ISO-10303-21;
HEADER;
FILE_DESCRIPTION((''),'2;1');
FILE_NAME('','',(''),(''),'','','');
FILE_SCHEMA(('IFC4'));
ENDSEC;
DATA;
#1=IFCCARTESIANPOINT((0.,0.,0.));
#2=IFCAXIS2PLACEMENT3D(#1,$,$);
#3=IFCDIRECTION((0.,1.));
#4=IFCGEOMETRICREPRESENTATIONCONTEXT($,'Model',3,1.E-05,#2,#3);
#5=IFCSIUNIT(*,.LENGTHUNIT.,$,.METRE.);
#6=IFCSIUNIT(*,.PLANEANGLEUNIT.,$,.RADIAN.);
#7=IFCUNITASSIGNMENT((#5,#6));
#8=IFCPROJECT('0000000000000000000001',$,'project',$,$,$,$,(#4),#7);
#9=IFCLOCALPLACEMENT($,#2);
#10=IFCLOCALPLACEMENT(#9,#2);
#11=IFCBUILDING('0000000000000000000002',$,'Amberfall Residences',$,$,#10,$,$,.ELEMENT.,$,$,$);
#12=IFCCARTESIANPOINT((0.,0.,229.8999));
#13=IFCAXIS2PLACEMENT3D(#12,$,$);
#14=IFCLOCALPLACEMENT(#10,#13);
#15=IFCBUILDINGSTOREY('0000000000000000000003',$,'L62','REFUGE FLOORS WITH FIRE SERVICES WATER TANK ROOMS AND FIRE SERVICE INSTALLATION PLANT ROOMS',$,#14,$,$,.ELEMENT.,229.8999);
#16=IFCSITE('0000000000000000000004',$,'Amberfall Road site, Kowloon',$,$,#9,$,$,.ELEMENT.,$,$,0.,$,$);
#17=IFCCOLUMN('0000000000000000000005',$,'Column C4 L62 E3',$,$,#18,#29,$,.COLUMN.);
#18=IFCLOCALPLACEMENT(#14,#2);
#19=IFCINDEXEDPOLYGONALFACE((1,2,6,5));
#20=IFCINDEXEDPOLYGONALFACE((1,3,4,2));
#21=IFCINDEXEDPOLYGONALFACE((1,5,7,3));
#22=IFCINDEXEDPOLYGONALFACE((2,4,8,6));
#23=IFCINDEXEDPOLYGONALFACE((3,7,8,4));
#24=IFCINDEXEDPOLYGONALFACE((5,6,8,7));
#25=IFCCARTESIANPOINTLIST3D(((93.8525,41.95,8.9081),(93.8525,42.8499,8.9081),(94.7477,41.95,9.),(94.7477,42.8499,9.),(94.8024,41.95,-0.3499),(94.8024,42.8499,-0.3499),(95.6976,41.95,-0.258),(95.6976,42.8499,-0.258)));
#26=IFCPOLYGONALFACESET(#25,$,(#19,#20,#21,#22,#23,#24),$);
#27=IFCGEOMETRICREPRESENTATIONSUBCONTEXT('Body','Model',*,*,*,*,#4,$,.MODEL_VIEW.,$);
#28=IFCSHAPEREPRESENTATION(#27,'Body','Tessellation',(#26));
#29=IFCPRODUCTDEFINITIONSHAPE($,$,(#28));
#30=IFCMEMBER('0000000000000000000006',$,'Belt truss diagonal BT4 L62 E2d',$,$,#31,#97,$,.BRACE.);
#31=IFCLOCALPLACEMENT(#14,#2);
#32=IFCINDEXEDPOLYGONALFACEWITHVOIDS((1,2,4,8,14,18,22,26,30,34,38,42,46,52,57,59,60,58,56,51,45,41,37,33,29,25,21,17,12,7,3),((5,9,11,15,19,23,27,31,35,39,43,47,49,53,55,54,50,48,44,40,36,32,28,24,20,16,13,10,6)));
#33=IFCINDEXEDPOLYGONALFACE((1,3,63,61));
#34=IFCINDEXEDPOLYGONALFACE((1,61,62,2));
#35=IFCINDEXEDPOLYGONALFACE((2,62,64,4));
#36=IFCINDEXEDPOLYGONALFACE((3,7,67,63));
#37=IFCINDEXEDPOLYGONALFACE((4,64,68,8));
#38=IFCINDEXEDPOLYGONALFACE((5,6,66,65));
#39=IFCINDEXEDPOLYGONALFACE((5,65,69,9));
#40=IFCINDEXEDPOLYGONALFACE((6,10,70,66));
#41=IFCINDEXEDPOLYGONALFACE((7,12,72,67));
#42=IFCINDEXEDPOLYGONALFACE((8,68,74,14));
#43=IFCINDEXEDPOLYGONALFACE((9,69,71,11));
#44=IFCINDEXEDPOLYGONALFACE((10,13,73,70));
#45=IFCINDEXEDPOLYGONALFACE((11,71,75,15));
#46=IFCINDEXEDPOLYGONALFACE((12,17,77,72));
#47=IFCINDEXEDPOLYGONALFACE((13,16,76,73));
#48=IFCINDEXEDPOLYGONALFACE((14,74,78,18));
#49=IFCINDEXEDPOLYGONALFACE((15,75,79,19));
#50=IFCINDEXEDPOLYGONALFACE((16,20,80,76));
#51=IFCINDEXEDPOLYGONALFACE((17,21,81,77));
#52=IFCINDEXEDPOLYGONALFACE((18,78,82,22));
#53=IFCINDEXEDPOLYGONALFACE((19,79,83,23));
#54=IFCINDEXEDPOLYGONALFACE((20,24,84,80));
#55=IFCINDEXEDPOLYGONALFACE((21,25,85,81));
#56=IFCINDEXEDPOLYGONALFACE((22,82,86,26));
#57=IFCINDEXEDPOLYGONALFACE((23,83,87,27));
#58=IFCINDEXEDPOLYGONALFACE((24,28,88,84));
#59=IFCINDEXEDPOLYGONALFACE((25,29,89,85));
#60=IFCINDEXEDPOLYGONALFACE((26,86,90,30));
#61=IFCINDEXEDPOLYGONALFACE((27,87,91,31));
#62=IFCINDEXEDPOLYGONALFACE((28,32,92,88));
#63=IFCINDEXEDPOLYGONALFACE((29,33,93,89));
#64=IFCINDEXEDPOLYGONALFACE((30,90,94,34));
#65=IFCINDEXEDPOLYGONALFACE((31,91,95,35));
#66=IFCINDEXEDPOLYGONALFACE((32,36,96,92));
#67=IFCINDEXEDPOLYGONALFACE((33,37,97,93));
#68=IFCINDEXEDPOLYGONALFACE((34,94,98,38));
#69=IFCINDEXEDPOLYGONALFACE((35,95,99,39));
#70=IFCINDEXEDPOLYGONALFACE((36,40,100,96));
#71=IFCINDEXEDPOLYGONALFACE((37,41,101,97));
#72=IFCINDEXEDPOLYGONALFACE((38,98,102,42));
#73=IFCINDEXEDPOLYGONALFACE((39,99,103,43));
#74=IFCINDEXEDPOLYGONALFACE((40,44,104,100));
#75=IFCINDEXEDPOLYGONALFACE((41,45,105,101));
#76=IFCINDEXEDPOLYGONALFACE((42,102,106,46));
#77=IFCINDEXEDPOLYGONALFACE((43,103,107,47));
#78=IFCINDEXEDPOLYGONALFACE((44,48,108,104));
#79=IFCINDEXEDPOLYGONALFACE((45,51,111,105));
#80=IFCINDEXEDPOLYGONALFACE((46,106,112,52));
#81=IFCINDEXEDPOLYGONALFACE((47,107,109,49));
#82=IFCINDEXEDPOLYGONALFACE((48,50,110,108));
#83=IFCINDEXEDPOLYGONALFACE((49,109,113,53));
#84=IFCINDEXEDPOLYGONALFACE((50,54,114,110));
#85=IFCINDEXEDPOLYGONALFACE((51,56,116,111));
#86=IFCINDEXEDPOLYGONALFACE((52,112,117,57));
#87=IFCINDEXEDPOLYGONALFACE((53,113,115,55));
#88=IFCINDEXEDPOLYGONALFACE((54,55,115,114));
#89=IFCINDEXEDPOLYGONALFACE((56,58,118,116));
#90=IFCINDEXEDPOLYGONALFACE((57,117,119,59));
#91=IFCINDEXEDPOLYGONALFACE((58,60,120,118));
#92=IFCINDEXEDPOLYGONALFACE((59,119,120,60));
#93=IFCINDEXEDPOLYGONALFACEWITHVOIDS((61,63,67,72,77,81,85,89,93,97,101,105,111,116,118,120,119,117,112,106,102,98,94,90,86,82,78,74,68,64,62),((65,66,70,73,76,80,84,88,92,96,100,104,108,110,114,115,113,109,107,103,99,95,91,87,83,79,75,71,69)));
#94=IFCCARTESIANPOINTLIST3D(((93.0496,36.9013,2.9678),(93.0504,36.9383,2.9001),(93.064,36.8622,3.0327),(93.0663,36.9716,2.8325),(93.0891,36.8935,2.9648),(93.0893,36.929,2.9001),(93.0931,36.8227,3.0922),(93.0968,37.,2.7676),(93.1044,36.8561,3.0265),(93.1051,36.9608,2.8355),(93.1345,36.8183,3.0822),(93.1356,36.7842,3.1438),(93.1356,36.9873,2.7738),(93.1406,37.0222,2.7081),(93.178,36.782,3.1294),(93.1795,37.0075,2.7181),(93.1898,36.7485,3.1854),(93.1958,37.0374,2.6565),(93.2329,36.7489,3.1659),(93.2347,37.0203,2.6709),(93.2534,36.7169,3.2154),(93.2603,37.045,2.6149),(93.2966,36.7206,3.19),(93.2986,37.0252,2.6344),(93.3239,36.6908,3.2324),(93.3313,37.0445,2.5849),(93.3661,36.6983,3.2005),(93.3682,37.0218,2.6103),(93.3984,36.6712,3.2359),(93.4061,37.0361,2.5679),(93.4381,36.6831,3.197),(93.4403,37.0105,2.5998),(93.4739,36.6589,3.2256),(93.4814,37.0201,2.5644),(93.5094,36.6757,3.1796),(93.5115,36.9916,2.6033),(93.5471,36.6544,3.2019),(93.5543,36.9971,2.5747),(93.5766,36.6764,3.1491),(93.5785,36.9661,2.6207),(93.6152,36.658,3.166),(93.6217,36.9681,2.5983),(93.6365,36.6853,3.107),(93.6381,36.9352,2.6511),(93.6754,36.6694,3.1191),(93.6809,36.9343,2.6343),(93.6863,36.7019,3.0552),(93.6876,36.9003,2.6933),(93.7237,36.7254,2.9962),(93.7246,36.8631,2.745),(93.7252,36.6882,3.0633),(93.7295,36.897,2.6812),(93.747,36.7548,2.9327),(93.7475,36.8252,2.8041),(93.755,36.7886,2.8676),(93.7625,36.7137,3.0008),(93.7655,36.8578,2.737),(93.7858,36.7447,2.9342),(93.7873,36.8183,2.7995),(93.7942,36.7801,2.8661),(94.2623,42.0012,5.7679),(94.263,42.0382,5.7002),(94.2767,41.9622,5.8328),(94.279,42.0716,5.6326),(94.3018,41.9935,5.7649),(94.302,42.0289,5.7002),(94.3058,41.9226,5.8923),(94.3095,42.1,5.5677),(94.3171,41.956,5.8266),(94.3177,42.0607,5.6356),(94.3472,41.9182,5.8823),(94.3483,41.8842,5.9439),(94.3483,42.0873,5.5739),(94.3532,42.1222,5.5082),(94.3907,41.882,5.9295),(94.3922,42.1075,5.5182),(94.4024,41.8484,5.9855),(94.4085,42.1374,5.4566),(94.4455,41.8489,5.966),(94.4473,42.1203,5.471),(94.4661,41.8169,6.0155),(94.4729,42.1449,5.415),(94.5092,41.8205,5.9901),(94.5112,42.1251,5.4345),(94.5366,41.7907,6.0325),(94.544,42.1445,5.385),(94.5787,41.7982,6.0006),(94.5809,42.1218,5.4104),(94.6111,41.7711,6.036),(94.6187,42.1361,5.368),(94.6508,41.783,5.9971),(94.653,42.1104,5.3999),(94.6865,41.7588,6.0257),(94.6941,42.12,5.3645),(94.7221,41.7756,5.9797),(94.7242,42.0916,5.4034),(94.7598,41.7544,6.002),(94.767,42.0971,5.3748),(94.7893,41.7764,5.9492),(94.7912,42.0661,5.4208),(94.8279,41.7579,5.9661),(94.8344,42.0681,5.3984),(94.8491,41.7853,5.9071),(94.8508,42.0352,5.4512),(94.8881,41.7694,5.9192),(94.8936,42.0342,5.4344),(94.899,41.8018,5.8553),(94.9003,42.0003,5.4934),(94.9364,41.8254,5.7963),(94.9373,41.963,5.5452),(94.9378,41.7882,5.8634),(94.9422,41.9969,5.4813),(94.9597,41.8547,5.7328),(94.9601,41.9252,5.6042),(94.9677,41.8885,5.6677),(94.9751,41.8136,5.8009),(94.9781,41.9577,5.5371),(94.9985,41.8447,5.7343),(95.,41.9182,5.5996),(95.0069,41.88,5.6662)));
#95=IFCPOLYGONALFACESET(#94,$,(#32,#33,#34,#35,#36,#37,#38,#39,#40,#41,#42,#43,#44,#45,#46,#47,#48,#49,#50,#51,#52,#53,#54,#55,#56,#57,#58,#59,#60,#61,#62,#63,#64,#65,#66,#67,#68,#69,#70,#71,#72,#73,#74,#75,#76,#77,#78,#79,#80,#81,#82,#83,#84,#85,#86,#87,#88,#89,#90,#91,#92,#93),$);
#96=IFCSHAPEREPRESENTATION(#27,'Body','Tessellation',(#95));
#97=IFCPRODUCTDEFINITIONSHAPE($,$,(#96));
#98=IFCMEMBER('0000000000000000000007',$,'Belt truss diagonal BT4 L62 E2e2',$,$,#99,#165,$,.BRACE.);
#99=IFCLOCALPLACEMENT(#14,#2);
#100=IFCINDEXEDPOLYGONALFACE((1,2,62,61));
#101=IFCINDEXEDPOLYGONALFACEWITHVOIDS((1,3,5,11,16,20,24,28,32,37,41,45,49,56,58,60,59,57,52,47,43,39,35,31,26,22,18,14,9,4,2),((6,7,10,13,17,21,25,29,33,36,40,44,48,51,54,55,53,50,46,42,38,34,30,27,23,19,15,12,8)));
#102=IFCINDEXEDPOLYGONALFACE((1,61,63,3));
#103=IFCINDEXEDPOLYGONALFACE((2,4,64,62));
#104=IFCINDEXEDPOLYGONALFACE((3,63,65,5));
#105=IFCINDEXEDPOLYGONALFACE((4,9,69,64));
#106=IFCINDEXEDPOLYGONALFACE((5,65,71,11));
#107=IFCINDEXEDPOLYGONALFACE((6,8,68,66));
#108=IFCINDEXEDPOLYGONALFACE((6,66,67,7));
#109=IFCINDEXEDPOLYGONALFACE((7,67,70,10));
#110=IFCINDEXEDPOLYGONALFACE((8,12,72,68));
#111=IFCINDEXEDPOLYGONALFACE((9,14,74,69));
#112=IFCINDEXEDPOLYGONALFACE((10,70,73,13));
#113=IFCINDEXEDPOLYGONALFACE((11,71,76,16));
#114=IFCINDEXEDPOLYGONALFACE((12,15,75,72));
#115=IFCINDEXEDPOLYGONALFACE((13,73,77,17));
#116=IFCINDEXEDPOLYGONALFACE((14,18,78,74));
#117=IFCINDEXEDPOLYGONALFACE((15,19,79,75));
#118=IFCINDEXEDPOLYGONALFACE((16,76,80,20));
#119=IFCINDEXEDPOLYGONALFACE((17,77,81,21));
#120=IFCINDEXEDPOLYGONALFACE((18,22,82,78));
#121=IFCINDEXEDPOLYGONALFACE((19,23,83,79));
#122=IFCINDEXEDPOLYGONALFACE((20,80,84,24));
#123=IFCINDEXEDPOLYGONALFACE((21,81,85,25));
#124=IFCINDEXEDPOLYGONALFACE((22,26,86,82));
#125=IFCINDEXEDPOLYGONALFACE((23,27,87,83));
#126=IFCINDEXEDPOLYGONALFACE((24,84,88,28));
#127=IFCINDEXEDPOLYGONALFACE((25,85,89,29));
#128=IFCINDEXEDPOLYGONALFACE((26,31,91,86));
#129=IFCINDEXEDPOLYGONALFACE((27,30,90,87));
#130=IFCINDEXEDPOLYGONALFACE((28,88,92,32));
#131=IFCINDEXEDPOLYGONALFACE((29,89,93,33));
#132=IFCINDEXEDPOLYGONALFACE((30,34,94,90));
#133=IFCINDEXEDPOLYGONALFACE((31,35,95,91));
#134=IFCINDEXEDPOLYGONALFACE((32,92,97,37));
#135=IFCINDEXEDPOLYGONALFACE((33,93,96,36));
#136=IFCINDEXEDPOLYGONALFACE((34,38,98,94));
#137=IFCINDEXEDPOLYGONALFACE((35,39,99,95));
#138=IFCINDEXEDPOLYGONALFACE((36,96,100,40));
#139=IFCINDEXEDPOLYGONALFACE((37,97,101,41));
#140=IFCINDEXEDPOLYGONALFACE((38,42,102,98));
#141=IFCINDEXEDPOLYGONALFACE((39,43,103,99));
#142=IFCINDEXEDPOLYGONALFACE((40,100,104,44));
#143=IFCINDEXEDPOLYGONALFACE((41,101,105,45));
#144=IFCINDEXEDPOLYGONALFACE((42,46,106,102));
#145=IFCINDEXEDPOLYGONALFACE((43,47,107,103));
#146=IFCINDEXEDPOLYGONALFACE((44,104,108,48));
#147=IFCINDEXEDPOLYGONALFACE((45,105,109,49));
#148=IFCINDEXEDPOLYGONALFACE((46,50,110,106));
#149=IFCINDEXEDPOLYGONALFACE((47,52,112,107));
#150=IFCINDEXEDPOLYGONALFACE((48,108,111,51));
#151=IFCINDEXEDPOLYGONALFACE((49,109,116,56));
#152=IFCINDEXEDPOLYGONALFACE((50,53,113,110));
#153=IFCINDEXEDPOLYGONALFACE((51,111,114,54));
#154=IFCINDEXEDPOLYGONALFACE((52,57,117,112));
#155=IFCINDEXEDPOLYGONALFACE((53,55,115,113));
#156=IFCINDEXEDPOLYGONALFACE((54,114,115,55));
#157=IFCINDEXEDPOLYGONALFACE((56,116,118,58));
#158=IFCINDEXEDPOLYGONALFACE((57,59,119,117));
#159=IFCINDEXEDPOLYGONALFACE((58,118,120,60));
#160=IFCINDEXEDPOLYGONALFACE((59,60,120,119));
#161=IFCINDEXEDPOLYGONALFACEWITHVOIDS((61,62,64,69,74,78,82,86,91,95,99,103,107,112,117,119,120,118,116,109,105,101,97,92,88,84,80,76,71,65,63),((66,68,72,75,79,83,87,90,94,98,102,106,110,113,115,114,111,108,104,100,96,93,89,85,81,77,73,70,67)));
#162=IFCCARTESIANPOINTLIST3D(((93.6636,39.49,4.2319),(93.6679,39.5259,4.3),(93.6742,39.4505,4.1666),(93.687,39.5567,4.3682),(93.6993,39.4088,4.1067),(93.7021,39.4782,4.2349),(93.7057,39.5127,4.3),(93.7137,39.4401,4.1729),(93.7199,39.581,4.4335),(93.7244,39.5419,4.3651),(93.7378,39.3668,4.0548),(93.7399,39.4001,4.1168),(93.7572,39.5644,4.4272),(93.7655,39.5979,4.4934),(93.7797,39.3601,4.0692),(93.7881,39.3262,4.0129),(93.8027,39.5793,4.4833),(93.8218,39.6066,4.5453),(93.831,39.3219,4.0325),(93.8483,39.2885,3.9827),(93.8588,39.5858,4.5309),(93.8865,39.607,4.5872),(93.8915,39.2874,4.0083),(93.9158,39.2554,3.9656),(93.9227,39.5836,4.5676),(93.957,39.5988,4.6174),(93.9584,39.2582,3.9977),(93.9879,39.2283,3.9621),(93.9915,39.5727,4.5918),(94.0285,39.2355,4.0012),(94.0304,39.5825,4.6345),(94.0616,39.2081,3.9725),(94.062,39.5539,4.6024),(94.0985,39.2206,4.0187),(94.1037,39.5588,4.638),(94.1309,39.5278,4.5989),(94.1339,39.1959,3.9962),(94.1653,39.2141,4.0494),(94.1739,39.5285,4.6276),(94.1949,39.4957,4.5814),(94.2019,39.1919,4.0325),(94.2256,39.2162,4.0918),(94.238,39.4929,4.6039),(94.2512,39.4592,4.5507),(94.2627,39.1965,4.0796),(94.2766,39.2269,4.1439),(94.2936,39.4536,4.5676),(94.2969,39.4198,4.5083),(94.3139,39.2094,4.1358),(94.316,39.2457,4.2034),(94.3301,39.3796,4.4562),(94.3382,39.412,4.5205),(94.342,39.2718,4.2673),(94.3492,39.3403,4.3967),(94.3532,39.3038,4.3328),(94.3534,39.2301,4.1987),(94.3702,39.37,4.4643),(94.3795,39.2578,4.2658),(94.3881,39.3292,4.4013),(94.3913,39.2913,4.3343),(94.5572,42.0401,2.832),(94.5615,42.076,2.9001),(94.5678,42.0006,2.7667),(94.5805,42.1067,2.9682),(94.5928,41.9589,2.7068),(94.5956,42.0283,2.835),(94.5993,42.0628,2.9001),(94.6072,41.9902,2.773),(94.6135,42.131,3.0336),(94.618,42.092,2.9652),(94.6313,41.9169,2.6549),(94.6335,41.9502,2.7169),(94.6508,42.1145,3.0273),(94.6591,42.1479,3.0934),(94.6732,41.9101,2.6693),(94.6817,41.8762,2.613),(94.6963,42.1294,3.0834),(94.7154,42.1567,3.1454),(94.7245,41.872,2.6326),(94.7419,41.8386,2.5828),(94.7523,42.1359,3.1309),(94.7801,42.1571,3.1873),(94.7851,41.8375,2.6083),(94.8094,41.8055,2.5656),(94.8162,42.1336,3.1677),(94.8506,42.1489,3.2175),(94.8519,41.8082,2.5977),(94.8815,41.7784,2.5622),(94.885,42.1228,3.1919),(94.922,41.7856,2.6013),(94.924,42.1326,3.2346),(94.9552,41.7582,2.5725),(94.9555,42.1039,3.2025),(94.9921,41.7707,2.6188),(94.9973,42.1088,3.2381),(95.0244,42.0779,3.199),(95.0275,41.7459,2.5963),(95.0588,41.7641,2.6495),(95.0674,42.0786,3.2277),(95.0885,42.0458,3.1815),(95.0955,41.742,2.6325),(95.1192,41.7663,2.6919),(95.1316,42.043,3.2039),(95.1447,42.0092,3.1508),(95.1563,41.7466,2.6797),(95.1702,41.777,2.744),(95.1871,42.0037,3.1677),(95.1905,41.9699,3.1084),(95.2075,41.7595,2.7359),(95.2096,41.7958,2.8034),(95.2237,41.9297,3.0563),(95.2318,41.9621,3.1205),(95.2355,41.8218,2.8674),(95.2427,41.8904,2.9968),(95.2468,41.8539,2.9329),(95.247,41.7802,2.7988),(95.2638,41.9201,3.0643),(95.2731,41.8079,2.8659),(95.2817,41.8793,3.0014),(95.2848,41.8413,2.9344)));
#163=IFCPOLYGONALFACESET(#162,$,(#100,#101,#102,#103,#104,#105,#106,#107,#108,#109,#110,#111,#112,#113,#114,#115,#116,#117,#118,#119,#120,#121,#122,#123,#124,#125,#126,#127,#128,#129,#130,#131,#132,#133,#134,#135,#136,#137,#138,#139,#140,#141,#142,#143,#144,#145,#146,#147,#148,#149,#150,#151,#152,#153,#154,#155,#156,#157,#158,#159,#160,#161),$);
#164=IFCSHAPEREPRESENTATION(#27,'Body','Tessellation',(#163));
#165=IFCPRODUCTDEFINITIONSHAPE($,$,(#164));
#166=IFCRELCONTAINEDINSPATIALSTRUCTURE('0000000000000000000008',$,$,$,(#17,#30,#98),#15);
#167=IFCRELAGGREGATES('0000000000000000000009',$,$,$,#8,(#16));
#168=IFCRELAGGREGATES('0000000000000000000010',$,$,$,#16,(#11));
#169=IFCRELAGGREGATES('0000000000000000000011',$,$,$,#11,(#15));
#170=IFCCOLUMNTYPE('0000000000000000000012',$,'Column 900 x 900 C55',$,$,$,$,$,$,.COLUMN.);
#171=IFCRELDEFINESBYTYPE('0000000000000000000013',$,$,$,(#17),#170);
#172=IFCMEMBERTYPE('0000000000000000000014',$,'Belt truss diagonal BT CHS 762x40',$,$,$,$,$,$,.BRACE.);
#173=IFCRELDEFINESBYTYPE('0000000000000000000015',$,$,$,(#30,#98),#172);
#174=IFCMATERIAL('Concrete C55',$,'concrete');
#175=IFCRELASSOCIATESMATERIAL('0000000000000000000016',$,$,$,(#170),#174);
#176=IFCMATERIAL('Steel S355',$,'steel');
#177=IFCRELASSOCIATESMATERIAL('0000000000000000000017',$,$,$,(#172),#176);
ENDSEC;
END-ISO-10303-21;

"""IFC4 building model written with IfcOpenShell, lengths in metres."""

from ifc_helpers import new_model, si_unit, direction, frame, origin, origin_2d, place, context, subcontext, project, spatial, rectangle, hollow_circle, extrude, material, material_profile, profile_set, type_object, element, save


model = new_model("IFC4")

# Units and contexts
model_context = context("Model", 3, precision=1e-05, world=origin(), true_north=direction((0.0, 1.0)))
body_context = subcontext(model_context, "Body", "Model", "MODEL_VIEW")
ifc_project = project(units=[si_unit("LENGTHUNIT", "METRE"), si_unit("PLANEANGLEUNIT", "RADIAN")], contexts=[model_context])

# Site, building, storey
site_placement = place(None, origin())
site = spatial("IfcSite", under=ifc_project, at=site_placement, Name="Amberfall Road site, Kowloon", CompositionType="ELEMENT", RefElevation=0.0)
building_placement = place(site_placement, origin())
building = spatial("IfcBuilding", under=site, at=building_placement, Name="Amberfall Residences", CompositionType="ELEMENT")
storey_placement = place(building_placement, frame((0.0, 0.0, 229.8999)))
storey = spatial("IfcBuildingStorey", under=building, at=storey_placement, Name="L62", Description="REFUGE FLOORS WITH FIRE SERVICES WATER TANK ROOMS AND FIRE SERVICE INSTALLATION PLANT ROOMS", CompositionType="ELEMENT", Elevation=229.8999)

# Column
ifc_material_1 = material(Name="Concrete C55", Category="concrete")
ifc_material_profile_1 = material_profile(ifc_material_1, rectangle(XDim=0.8999, YDim=0.8999, at=origin_2d()), Name="Column 900 x 900 C55")
ifc_profile_set_1 = profile_set([ifc_material_profile_1], Name="Concrete C55")
column_type = type_object("IfcColumnType", Name="Column 900 x 900 C55", PredefinedType="COLUMN", material=ifc_profile_set_1)
column_placement = place(storey_placement, frame((95.25, 42.3999, -0.304), z_axis=(-0.102072, 0.0, 0.994777), x_axis=(0.0, -1.0, 0.0)))
element("IfcColumn", 1, at=column_placement, inside=storey, type_object=column_type, Name="Column C4 L62 E3", PredefinedType="COLUMN", context=body_context, shape_type="SweptSolid", body=[
    extrude(rectangle(XDim=0.8999, YDim=0.8999, at=origin_2d()), origin(), (0.0, 0.0, 1.0), 9.3066),
])

# Members
ifc_material_2 = material(Name="Steel S355", Category="steel")
ifc_material_profile_2 = material_profile(ifc_material_2, hollow_circle(Radius=0.3811, WallThickness=0.04, at=origin_2d()), Name="CHS 762x40")
ifc_profile_set_2 = profile_set([ifc_material_profile_2], Name="Steel S355")
member_type_1 = type_object("IfcMemberType", Name="Belt truss diagonal BT CHS 762x40", PredefinedType="BRACE", material=ifc_profile_set_2)
member_1_placement = place(storey_placement, frame((93.4211, 36.8501, 2.9001), z_axis=(0.204046, 0.858127, 0.47115), x_axis=(-0.972875, 0.231331, 0.0)))
element("IfcMember", 2, at=member_1_placement, inside=storey, type_object=member_type_1, Name="Belt truss diagonal BT4 L62 E2d", PredefinedType="BRACE", context=body_context, shape_type="SweptSolid", body=[
    extrude(hollow_circle(Radius=0.3811, WallThickness=0.04, at=origin_2d()), origin(), (0.0, 0.0, 1.0), 5.9431),
])
for number, where, z_axis, x_axis, name in (
    (3, (94.0276, 39.3999, 4.3), (0.293626, 0.837957, -0.460014), (-0.943739, 0.330692, 0.0), "Belt truss diagonal BT4 L62 E2e2"),
):
    element("IfcMember", number, at=place(storey_placement, frame(where, z_axis=z_axis, x_axis=x_axis)), inside=storey, type_object=member_type_1, Name=name, PredefinedType="BRACE", context=body_context, shape_type="SweptSolid", body=[
        extrude(hollow_circle(Radius=0.3811, WallThickness=0.04, at=origin_2d()), origin(), (0.0, 0.0, 1.0), 3.0432),
    ])

save(model, "model.ifc")
